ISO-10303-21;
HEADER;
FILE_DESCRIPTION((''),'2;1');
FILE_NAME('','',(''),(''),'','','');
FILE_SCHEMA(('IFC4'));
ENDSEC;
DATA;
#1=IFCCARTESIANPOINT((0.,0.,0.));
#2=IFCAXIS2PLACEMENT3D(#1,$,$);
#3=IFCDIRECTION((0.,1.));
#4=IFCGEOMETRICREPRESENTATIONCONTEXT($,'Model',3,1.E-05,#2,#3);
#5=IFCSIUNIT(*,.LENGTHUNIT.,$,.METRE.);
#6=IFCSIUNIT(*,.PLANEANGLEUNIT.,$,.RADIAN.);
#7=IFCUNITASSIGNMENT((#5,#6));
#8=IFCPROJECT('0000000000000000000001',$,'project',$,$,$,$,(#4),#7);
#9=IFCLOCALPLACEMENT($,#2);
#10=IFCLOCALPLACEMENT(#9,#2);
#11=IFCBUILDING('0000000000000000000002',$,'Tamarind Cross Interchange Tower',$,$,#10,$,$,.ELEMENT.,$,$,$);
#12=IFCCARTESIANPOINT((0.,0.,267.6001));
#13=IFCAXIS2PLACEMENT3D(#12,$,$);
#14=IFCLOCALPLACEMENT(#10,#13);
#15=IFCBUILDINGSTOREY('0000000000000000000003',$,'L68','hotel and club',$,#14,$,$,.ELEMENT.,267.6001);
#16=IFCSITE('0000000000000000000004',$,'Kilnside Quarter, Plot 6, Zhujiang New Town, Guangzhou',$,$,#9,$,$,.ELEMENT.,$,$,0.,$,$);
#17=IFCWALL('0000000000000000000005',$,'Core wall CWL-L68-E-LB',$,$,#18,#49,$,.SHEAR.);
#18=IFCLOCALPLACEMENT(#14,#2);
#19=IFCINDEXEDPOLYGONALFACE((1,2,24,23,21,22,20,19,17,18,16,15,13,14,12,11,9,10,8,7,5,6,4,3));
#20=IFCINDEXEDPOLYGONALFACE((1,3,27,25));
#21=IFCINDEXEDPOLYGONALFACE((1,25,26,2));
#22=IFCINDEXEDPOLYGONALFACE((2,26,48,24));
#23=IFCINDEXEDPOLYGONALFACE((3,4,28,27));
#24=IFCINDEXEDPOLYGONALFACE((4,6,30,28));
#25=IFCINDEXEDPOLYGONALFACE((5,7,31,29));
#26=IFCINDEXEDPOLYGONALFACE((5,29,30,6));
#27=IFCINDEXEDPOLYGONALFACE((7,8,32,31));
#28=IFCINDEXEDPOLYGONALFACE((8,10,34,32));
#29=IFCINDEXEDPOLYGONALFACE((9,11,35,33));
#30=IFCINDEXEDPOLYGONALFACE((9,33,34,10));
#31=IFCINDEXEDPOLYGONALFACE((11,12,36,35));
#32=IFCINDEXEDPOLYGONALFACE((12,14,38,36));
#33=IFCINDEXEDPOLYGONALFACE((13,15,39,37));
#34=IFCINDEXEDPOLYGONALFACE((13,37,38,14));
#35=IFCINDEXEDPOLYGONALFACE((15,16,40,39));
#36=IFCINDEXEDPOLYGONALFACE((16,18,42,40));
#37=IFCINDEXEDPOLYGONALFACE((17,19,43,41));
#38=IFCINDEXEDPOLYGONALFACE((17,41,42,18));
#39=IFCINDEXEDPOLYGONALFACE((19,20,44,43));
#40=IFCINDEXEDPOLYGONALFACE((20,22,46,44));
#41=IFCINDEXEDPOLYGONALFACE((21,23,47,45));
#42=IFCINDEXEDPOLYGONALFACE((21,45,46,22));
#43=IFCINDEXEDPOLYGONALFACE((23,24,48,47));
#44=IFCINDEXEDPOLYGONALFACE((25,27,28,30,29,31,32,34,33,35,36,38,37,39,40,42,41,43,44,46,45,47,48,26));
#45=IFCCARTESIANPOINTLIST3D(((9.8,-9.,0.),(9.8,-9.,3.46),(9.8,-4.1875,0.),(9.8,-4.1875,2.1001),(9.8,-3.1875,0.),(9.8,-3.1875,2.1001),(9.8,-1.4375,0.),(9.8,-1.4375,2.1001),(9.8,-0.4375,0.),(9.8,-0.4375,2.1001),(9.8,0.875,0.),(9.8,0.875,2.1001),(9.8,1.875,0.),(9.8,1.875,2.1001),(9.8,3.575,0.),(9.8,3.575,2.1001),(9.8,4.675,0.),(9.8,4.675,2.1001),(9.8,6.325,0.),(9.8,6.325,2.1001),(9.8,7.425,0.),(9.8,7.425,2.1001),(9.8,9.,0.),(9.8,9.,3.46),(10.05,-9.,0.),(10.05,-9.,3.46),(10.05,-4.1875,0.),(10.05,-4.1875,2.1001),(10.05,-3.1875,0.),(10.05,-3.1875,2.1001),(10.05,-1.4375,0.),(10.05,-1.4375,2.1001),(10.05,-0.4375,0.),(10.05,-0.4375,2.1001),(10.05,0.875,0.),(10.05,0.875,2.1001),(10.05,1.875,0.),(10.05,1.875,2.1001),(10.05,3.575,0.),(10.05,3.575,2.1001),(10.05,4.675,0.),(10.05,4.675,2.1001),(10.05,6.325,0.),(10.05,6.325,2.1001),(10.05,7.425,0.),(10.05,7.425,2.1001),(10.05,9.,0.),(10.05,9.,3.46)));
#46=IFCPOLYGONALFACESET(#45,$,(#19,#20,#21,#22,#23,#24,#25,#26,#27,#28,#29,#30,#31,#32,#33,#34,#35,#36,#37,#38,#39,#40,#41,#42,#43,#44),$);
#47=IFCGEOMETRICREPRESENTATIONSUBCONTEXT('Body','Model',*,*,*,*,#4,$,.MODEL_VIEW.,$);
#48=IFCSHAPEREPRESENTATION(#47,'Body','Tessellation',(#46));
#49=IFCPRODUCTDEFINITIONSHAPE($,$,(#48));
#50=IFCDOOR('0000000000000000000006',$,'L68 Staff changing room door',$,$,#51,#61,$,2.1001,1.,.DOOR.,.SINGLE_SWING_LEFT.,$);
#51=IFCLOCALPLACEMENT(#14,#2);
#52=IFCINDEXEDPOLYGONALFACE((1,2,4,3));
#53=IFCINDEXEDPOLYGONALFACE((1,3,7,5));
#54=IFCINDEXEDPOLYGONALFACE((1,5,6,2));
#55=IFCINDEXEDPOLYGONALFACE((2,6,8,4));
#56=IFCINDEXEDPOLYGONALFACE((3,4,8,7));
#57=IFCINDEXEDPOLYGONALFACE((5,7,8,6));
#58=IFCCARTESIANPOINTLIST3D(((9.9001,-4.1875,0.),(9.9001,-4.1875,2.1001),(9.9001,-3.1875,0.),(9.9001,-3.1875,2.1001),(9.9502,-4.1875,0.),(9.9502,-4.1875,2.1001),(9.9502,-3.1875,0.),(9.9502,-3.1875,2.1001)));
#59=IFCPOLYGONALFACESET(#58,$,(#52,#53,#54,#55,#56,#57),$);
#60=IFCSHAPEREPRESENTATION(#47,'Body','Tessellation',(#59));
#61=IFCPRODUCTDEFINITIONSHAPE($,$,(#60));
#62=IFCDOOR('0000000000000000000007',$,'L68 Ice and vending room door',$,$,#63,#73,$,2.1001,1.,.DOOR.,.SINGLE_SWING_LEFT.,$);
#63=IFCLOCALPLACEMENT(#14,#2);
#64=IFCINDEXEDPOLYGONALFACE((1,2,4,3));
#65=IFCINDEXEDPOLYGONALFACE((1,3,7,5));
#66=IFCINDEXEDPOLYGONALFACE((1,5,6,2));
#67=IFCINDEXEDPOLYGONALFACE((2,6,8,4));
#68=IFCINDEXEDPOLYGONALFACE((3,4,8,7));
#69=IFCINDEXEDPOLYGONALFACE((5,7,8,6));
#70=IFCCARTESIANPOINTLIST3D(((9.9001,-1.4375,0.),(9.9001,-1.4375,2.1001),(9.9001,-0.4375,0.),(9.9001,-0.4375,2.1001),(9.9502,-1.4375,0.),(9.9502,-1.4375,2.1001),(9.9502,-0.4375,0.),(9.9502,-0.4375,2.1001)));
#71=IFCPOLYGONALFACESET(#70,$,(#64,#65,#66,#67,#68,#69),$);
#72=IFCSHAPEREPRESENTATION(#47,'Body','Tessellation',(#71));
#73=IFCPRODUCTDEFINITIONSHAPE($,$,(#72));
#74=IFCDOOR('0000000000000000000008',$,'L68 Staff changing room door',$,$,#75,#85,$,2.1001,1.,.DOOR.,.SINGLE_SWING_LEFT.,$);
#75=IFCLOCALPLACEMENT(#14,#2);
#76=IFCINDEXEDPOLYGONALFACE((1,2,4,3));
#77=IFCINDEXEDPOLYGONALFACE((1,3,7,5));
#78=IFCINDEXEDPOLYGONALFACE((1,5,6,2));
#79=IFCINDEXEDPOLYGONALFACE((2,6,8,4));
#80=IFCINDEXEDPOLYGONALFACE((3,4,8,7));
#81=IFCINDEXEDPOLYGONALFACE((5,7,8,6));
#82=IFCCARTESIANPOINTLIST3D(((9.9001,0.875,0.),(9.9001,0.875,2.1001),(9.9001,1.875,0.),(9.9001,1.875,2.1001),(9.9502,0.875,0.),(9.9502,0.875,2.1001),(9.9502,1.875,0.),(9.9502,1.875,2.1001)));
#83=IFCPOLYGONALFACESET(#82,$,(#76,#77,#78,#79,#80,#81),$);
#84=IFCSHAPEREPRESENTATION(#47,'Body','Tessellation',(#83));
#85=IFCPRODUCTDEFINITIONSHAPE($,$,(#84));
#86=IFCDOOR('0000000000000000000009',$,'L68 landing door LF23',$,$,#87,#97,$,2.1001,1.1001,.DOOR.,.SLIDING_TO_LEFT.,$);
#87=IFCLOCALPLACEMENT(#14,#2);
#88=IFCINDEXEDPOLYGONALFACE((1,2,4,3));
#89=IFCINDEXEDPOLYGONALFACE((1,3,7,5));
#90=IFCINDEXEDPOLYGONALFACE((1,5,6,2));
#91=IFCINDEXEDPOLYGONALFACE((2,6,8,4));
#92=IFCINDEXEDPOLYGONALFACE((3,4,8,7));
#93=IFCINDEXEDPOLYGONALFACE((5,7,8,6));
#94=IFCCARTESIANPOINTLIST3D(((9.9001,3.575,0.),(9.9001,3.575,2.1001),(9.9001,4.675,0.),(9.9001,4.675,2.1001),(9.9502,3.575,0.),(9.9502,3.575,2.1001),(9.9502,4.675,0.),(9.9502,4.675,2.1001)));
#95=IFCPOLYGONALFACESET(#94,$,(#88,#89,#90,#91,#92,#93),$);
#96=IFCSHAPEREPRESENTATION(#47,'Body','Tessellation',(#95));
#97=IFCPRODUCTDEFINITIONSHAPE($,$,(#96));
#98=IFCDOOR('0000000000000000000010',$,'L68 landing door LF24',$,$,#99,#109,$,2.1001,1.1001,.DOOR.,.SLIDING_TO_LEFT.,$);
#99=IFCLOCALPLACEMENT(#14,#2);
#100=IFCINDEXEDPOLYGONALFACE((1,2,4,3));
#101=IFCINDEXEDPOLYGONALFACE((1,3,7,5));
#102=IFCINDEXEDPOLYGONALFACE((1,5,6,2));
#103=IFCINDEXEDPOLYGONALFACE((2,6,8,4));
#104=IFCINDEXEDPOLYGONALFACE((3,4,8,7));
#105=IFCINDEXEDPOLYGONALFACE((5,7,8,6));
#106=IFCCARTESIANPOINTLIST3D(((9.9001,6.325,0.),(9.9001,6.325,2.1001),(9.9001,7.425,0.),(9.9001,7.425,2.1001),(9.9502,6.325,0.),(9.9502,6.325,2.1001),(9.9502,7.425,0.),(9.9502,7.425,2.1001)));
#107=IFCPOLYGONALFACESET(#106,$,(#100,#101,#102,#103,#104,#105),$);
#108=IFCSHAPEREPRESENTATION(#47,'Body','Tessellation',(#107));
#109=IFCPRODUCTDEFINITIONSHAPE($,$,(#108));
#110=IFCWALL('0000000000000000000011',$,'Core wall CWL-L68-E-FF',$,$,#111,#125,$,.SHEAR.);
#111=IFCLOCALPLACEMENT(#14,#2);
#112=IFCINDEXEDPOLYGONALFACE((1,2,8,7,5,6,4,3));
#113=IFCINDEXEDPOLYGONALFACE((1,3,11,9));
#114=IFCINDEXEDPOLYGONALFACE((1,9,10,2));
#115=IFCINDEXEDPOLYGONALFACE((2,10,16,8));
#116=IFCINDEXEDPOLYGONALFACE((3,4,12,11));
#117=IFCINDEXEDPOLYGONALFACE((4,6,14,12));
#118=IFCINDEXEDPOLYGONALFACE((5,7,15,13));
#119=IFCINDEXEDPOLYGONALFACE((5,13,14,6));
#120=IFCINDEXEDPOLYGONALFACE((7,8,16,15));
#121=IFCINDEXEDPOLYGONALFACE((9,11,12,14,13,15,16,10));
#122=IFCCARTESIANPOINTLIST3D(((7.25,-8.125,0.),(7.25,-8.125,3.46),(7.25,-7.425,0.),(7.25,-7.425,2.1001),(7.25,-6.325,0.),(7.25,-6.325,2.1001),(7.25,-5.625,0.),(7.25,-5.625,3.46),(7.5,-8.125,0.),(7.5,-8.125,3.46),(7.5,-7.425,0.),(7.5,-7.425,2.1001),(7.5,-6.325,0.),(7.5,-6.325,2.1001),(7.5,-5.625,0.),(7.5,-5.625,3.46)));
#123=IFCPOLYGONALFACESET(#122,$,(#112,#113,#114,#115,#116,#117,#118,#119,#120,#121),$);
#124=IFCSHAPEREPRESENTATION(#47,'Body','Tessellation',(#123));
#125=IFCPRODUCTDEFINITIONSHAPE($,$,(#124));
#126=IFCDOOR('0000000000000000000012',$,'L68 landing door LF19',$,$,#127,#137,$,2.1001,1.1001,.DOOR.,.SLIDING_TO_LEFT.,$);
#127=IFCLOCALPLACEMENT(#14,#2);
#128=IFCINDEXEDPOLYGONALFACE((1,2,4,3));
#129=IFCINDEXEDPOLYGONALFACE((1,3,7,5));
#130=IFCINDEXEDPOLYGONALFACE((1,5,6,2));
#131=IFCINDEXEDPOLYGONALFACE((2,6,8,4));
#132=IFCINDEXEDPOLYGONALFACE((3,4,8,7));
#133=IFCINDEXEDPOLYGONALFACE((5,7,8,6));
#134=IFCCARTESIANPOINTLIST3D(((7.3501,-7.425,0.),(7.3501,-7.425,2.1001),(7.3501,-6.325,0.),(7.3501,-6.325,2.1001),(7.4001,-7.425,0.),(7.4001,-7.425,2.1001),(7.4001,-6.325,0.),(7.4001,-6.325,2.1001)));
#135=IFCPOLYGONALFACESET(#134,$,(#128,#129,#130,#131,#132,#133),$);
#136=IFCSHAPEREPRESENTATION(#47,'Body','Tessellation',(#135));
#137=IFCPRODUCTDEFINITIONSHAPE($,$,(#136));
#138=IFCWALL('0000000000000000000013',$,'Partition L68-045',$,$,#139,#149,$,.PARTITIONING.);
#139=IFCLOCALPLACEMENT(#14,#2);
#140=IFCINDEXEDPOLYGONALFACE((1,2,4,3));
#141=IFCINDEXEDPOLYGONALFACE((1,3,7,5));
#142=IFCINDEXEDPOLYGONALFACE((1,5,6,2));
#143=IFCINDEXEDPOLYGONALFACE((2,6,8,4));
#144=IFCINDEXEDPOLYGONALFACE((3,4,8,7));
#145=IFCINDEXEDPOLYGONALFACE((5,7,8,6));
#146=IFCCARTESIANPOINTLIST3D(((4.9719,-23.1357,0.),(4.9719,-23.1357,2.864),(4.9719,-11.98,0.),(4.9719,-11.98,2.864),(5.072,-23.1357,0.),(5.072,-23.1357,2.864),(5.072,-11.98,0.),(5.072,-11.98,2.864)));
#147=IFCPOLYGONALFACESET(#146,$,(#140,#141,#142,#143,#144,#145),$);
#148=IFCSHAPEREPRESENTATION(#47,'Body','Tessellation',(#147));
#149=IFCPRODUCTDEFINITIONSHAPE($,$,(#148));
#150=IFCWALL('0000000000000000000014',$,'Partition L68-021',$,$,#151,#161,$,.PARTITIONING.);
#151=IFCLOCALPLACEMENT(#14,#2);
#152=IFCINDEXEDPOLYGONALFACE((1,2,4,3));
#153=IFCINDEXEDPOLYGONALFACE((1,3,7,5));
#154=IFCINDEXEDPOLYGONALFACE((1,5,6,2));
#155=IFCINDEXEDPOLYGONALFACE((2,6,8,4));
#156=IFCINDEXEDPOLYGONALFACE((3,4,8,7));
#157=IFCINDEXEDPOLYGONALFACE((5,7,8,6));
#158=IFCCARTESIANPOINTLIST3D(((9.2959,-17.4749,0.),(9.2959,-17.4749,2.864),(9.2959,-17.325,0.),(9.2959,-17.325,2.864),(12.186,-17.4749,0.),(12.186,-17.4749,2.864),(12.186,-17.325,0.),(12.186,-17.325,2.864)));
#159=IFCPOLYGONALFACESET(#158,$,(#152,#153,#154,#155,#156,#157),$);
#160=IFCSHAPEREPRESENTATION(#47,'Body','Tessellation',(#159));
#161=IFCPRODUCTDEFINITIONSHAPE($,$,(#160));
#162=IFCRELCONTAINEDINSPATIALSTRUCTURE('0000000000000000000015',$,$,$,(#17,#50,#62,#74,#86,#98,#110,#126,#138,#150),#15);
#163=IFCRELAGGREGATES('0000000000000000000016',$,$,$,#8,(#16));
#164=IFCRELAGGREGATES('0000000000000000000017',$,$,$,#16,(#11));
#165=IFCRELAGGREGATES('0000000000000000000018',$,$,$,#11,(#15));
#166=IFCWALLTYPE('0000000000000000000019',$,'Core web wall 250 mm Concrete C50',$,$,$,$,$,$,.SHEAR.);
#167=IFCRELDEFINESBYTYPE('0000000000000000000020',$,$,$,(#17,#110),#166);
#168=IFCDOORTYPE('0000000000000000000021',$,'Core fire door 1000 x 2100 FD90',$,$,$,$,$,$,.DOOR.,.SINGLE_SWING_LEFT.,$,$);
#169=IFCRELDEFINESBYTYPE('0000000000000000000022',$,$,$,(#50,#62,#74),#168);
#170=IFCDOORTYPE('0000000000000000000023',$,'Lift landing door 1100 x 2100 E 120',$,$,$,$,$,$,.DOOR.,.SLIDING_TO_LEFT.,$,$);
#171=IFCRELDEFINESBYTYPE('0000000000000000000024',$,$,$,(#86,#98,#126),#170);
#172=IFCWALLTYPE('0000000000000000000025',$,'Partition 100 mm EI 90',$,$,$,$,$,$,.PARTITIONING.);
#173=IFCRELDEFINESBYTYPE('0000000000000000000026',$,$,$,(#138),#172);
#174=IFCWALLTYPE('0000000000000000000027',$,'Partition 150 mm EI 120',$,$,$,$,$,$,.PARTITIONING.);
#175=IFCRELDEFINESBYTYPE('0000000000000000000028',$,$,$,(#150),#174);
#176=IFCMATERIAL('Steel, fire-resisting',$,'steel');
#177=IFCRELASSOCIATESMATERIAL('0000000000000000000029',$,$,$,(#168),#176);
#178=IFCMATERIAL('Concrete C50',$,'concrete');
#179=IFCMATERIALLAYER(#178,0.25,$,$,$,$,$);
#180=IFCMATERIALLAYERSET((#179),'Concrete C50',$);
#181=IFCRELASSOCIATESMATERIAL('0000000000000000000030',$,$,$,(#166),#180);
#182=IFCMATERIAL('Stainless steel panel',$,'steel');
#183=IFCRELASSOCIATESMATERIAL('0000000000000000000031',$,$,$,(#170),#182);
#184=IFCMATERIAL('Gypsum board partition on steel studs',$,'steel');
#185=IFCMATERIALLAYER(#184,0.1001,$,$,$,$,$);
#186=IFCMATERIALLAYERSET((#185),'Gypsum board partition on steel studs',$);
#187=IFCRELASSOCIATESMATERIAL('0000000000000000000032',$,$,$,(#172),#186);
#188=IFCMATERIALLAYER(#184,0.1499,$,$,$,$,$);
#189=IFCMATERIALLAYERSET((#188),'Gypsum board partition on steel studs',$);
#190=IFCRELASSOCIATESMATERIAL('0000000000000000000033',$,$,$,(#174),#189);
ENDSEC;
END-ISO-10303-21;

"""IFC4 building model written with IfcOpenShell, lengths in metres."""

from ifc_helpers import new_model, si_unit, direction, frame, frame_2d, origin, place, context, subcontext, project, spatial, rectangle, extrude, material, layer, layer_set, type_object, element, fill, save


model = new_model("IFC4")

# Units and contexts
model_context = context("Model", 3, precision=1e-05, world=origin(), true_north=direction((0.0, 1.0)))
body_context = subcontext(model_context, "Body", "Model", "MODEL_VIEW")
ifc_project = project(units=[si_unit("LENGTHUNIT", "METRE"), si_unit("PLANEANGLEUNIT", "RADIAN")], contexts=[model_context])

# Site, building, storey
site_placement = place(None, origin())
site = spatial("IfcSite", under=ifc_project, at=site_placement, Name="Kilnside Quarter, Plot 6, Zhujiang New Town, Guangzhou", CompositionType="ELEMENT", RefElevation=0.0)
building_placement = place(site_placement, origin())
building = spatial("IfcBuilding", under=site, at=building_placement, Name="Tamarind Cross Interchange Tower", CompositionType="ELEMENT")
storey_placement = place(building_placement, frame((0.0, 0.0, 267.6001)))
storey = spatial("IfcBuildingStorey", under=building, at=storey_placement, Name="L68", Description="hotel and club", CompositionType="ELEMENT", Elevation=267.6001)

# Shared definitions
ifc_material_1 = material(Name="Concrete C50", Category="concrete")
ifc_material_2 = material(Name="Steel, fire-resisting", Category="steel")
door_type_1 = type_object("IfcDoorType", Name="Core fire door 1000 x 2100 FD90", OperationType="SINGLE_SWING_LEFT", PredefinedType="DOOR", material=ifc_material_2)

# Shared definitions
ifc_layer_1 = layer(ifc_material_1, 0.25)
ifc_layer_set_1 = layer_set([ifc_layer_1], Name="Concrete C50")
wall_type_1 = type_object("IfcWallType", Name="Core web wall 250 mm Concrete C50", PredefinedType="SHEAR", material=ifc_layer_set_1)

# Wall, openings, doors
wall_1_placement = place(storey_placement, frame((9.925, -9.0, 0.0), z_axis=(0.0, 0.0, 1.0), x_axis=(0.0, 1.0, 0.0)))
wall_1 = element("IfcWall", 1, at=wall_1_placement, inside=storey, type_object=wall_type_1, Name="Core wall CWL-L68-E-LB", PredefinedType="SHEAR", context=body_context, shape_type="SweptSolid", body=[
    extrude(rectangle(XDim=18.0, YDim=0.25, at=frame_2d((9.0, 0.0))), origin(), (0.0, 0.0, 1.0), 3.46),
])
opening_1_placement = place(wall_1_placement, frame((12.575, 0.0, 0.0)))
opening_1 = element("IfcOpeningElement", 2, at=opening_1_placement, cuts=wall_1, PredefinedType="OPENING", context=body_context, shape_type="SweptSolid", body=[
    extrude(rectangle(XDim=1.1001, YDim=2.1001, at=frame_2d((0.55, 1.05))), frame((0.0, 0.135, 0.0), z_axis=(0.0, -1.0, 0.0), x_axis=(1.0, 0.0, 0.0)), (0.0, 0.0, 1.0), 0.27),
])
opening_2_placement = place(wall_1_placement, frame((15.325, 0.0, 0.0)))
opening_2 = element("IfcOpeningElement", 3, at=opening_2_placement, cuts=wall_1, PredefinedType="OPENING", context=body_context, shape_type="SweptSolid", body=[
    extrude(rectangle(XDim=1.1001, YDim=2.1001, at=frame_2d((0.55, 1.05))), frame((0.0, 0.135, 0.0), z_axis=(0.0, -1.0, 0.0), x_axis=(1.0, 0.0, 0.0)), (0.0, 0.0, 1.0), 0.27),
])
opening_3_placement = place(wall_1_placement, frame((4.8125, 0.0, 0.0)))
opening_3 = element("IfcOpeningElement", 4, at=opening_3_placement, cuts=wall_1, PredefinedType="OPENING", context=body_context, shape_type="SweptSolid", body=[
    extrude(rectangle(XDim=1.0, YDim=2.1001, at=frame_2d((0.5, 1.05))), frame((0.0, 0.135, 0.0), z_axis=(0.0, -1.0, 0.0), x_axis=(1.0, 0.0, 0.0)), (0.0, 0.0, 1.0), 0.27),
])
opening_4_placement = place(wall_1_placement, frame((7.5625, 0.0, 0.0)))
opening_4 = element("IfcOpeningElement", 5, at=opening_4_placement, cuts=wall_1, PredefinedType="OPENING", context=body_context, shape_type="SweptSolid", body=[
    extrude(rectangle(XDim=1.0, YDim=2.1001, at=frame_2d((0.5, 1.05))), frame((0.0, 0.135, 0.0), z_axis=(0.0, -1.0, 0.0), x_axis=(1.0, 0.0, 0.0)), (0.0, 0.0, 1.0), 0.27),
])
opening_5_placement = place(wall_1_placement, frame((9.875, 0.0, 0.0)))
opening_5 = element("IfcOpeningElement", 6, at=opening_5_placement, cuts=wall_1, PredefinedType="OPENING", context=body_context, shape_type="SweptSolid", body=[
    extrude(rectangle(XDim=1.0, YDim=2.1001, at=frame_2d((0.5, 1.05))), frame((0.0, 0.135, 0.0), z_axis=(0.0, -1.0, 0.0), x_axis=(1.0, 0.0, 0.0)), (0.0, 0.0, 1.0), 0.27),
])
door_1_placement = place(opening_3_placement, origin())
door_1 = element("IfcDoor", 7, at=door_1_placement, inside=storey, type_object=door_type_1, Name="L68 Staff changing room door", OperationType="SINGLE_SWING_LEFT", OverallHeight=2.1001, OverallWidth=1.0, PredefinedType="DOOR", context=body_context, shape_type="SweptSolid", body=[
    extrude(rectangle(XDim=1.0, YDim=2.1001, at=frame_2d((0.5, 1.05))), frame((0.0, 0.0249, 0.0), z_axis=(0.0, -1.0, 0.0), x_axis=(1.0, 0.0, 0.0)), (0.0, 0.0, 1.0), 0.05),
])
fill(opening_3, door_1)
door_2_placement = place(opening_4_placement, origin())
door_2 = element("IfcDoor", 8, at=door_2_placement, inside=storey, type_object=door_type_1, Name="L68 Ice and vending room door", OperationType="SINGLE_SWING_LEFT", OverallHeight=2.1001, OverallWidth=1.0, PredefinedType="DOOR", context=body_context, shape_type="SweptSolid", body=[
    extrude(rectangle(XDim=1.0, YDim=2.1001, at=frame_2d((0.5, 1.05))), frame((0.0, 0.0249, 0.0), z_axis=(0.0, -1.0, 0.0), x_axis=(1.0, 0.0, 0.0)), (0.0, 0.0, 1.0), 0.05),
])
fill(opening_4, door_2)
door_3_placement = place(opening_5_placement, origin())
door_3 = element("IfcDoor", 9, at=door_3_placement, inside=storey, type_object=door_type_1, Name="L68 Staff changing room door", OperationType="SINGLE_SWING_LEFT", OverallHeight=2.1001, OverallWidth=1.0, PredefinedType="DOOR", context=body_context, shape_type="SweptSolid", body=[
    extrude(rectangle(XDim=1.0, YDim=2.1001, at=frame_2d((0.5, 1.05))), frame((0.0, 0.0249, 0.0), z_axis=(0.0, -1.0, 0.0), x_axis=(1.0, 0.0, 0.0)), (0.0, 0.0, 1.0), 0.05),
])
fill(opening_5, door_3)
ifc_material_3 = material(Name="Stainless steel panel", Category="steel")
door_type_2 = type_object("IfcDoorType", Name="Lift landing door 1100 x 2100 E 120", OperationType="SLIDING_TO_LEFT", PredefinedType="DOOR", material=ifc_material_3)
door_4_placement = place(opening_1_placement, origin())
door_4 = element("IfcDoor", 10, at=door_4_placement, inside=storey, type_object=door_type_2, Name="L68 landing door LF23", OperationType="SLIDING_TO_LEFT", OverallHeight=2.1001, OverallWidth=1.1001, PredefinedType="DOOR", context=body_context, shape_type="SweptSolid", body=[
    extrude(rectangle(XDim=1.1001, YDim=2.1001, at=frame_2d((0.55, 1.05))), frame((0.0, 0.0249, 0.0), z_axis=(0.0, -1.0, 0.0), x_axis=(1.0, 0.0, 0.0)), (0.0, 0.0, 1.0), 0.05),
])
fill(opening_1, door_4)
door_5_placement = place(opening_2_placement, origin())
door_5 = element("IfcDoor", 11, at=door_5_placement, inside=storey, type_object=door_type_2, Name="L68 landing door LF24", OperationType="SLIDING_TO_LEFT", OverallHeight=2.1001, OverallWidth=1.1001, PredefinedType="DOOR", context=body_context, shape_type="SweptSolid", body=[
    extrude(rectangle(XDim=1.1001, YDim=2.1001, at=frame_2d((0.55, 1.05))), frame((0.0, 0.0249, 0.0), z_axis=(0.0, -1.0, 0.0), x_axis=(1.0, 0.0, 0.0)), (0.0, 0.0, 1.0), 0.05),
])
fill(opening_2, door_5)

# Wall, opening, door
wall_2_placement = place(storey_placement, frame((7.375, -8.125, 0.0), z_axis=(0.0, 0.0, 1.0), x_axis=(0.0, 1.0, 0.0)))
wall_2 = element("IfcWall", 12, at=wall_2_placement, inside=storey, type_object=wall_type_1, Name="Core wall CWL-L68-E-FF", PredefinedType="SHEAR", context=body_context, shape_type="SweptSolid", body=[
    extrude(rectangle(XDim=2.5, YDim=0.25, at=frame_2d((1.25, 0.0))), origin(), (0.0, 0.0, 1.0), 3.46),
])
opening_6_placement = place(wall_2_placement, frame((0.7, 0.0, 0.0)))
opening_6 = element("IfcOpeningElement", 13, at=opening_6_placement, cuts=wall_2, PredefinedType="OPENING", context=body_context, shape_type="SweptSolid", body=[
    extrude(rectangle(XDim=1.1001, YDim=2.1001, at=frame_2d((0.55, 1.05))), frame((0.0, 0.135, 0.0), z_axis=(0.0, -1.0, 0.0), x_axis=(1.0, 0.0, 0.0)), (0.0, 0.0, 1.0), 0.27),
])
door_6_placement = place(opening_6_placement, origin())
door_6 = element("IfcDoor", 14, at=door_6_placement, inside=storey, type_object=door_type_2, Name="L68 landing door LF19", OperationType="SLIDING_TO_LEFT", OverallHeight=2.1001, OverallWidth=1.1001, PredefinedType="DOOR", context=body_context, shape_type="SweptSolid", body=[
    extrude(rectangle(XDim=1.1001, YDim=2.1001, at=frame_2d((0.55, 1.05))), frame((0.0, 0.0249, 0.0), z_axis=(0.0, -1.0, 0.0), x_axis=(1.0, 0.0, 0.0)), (0.0, 0.0, 1.0), 0.05),
])
fill(opening_6, door_6)

# Walls
ifc_material_4 = material(Name="Gypsum board partition on steel studs", Category="steel")
ifc_layer_2 = layer(ifc_material_4, 0.1001)
ifc_layer_set_2 = layer_set([ifc_layer_2], Name="Gypsum board partition on steel studs")
wall_type_2 = type_object("IfcWallType", Name="Partition 100 mm EI 90", PredefinedType="PARTITIONING", material=ifc_layer_set_2)
wall_3_placement = place(storey_placement, frame((5.022, -23.1357, 0.0), z_axis=(0.0, 0.0, 1.0), x_axis=(0.0, 1.0, 0.0)))
element("IfcWall", 15, at=wall_3_placement, inside=storey, type_object=wall_type_2, Name="Partition L68-045", PredefinedType="PARTITIONING", context=body_context, shape_type="SweptSolid", body=[
    extrude(rectangle(XDim=11.1558, YDim=0.1001, at=frame_2d((5.5779, 0.0))), origin(), (0.0, 0.0, 1.0), 2.864),
])
ifc_layer_3 = layer(ifc_material_4, 0.1499)
ifc_layer_set_3 = layer_set([ifc_layer_3], Name="Gypsum board partition on steel studs")
wall_type_3 = type_object("IfcWallType", Name="Partition 150 mm EI 120", PredefinedType="PARTITIONING", material=ifc_layer_set_3)
wall_4_placement = place(storey_placement, frame((9.2959, -17.3999, 0.0), z_axis=(0.0, 0.0, 1.0), x_axis=(1.0, 0.0, 0.0)))
element("IfcWall", 16, at=wall_4_placement, inside=storey, type_object=wall_type_3, Name="Partition L68-021", PredefinedType="PARTITIONING", context=body_context, shape_type="SweptSolid", body=[
    extrude(rectangle(XDim=2.8901, YDim=0.1499, at=frame_2d((1.4451, 0.0))), origin(), (0.0, 0.0, 1.0), 2.864),
])

save(model, "model.ifc")
